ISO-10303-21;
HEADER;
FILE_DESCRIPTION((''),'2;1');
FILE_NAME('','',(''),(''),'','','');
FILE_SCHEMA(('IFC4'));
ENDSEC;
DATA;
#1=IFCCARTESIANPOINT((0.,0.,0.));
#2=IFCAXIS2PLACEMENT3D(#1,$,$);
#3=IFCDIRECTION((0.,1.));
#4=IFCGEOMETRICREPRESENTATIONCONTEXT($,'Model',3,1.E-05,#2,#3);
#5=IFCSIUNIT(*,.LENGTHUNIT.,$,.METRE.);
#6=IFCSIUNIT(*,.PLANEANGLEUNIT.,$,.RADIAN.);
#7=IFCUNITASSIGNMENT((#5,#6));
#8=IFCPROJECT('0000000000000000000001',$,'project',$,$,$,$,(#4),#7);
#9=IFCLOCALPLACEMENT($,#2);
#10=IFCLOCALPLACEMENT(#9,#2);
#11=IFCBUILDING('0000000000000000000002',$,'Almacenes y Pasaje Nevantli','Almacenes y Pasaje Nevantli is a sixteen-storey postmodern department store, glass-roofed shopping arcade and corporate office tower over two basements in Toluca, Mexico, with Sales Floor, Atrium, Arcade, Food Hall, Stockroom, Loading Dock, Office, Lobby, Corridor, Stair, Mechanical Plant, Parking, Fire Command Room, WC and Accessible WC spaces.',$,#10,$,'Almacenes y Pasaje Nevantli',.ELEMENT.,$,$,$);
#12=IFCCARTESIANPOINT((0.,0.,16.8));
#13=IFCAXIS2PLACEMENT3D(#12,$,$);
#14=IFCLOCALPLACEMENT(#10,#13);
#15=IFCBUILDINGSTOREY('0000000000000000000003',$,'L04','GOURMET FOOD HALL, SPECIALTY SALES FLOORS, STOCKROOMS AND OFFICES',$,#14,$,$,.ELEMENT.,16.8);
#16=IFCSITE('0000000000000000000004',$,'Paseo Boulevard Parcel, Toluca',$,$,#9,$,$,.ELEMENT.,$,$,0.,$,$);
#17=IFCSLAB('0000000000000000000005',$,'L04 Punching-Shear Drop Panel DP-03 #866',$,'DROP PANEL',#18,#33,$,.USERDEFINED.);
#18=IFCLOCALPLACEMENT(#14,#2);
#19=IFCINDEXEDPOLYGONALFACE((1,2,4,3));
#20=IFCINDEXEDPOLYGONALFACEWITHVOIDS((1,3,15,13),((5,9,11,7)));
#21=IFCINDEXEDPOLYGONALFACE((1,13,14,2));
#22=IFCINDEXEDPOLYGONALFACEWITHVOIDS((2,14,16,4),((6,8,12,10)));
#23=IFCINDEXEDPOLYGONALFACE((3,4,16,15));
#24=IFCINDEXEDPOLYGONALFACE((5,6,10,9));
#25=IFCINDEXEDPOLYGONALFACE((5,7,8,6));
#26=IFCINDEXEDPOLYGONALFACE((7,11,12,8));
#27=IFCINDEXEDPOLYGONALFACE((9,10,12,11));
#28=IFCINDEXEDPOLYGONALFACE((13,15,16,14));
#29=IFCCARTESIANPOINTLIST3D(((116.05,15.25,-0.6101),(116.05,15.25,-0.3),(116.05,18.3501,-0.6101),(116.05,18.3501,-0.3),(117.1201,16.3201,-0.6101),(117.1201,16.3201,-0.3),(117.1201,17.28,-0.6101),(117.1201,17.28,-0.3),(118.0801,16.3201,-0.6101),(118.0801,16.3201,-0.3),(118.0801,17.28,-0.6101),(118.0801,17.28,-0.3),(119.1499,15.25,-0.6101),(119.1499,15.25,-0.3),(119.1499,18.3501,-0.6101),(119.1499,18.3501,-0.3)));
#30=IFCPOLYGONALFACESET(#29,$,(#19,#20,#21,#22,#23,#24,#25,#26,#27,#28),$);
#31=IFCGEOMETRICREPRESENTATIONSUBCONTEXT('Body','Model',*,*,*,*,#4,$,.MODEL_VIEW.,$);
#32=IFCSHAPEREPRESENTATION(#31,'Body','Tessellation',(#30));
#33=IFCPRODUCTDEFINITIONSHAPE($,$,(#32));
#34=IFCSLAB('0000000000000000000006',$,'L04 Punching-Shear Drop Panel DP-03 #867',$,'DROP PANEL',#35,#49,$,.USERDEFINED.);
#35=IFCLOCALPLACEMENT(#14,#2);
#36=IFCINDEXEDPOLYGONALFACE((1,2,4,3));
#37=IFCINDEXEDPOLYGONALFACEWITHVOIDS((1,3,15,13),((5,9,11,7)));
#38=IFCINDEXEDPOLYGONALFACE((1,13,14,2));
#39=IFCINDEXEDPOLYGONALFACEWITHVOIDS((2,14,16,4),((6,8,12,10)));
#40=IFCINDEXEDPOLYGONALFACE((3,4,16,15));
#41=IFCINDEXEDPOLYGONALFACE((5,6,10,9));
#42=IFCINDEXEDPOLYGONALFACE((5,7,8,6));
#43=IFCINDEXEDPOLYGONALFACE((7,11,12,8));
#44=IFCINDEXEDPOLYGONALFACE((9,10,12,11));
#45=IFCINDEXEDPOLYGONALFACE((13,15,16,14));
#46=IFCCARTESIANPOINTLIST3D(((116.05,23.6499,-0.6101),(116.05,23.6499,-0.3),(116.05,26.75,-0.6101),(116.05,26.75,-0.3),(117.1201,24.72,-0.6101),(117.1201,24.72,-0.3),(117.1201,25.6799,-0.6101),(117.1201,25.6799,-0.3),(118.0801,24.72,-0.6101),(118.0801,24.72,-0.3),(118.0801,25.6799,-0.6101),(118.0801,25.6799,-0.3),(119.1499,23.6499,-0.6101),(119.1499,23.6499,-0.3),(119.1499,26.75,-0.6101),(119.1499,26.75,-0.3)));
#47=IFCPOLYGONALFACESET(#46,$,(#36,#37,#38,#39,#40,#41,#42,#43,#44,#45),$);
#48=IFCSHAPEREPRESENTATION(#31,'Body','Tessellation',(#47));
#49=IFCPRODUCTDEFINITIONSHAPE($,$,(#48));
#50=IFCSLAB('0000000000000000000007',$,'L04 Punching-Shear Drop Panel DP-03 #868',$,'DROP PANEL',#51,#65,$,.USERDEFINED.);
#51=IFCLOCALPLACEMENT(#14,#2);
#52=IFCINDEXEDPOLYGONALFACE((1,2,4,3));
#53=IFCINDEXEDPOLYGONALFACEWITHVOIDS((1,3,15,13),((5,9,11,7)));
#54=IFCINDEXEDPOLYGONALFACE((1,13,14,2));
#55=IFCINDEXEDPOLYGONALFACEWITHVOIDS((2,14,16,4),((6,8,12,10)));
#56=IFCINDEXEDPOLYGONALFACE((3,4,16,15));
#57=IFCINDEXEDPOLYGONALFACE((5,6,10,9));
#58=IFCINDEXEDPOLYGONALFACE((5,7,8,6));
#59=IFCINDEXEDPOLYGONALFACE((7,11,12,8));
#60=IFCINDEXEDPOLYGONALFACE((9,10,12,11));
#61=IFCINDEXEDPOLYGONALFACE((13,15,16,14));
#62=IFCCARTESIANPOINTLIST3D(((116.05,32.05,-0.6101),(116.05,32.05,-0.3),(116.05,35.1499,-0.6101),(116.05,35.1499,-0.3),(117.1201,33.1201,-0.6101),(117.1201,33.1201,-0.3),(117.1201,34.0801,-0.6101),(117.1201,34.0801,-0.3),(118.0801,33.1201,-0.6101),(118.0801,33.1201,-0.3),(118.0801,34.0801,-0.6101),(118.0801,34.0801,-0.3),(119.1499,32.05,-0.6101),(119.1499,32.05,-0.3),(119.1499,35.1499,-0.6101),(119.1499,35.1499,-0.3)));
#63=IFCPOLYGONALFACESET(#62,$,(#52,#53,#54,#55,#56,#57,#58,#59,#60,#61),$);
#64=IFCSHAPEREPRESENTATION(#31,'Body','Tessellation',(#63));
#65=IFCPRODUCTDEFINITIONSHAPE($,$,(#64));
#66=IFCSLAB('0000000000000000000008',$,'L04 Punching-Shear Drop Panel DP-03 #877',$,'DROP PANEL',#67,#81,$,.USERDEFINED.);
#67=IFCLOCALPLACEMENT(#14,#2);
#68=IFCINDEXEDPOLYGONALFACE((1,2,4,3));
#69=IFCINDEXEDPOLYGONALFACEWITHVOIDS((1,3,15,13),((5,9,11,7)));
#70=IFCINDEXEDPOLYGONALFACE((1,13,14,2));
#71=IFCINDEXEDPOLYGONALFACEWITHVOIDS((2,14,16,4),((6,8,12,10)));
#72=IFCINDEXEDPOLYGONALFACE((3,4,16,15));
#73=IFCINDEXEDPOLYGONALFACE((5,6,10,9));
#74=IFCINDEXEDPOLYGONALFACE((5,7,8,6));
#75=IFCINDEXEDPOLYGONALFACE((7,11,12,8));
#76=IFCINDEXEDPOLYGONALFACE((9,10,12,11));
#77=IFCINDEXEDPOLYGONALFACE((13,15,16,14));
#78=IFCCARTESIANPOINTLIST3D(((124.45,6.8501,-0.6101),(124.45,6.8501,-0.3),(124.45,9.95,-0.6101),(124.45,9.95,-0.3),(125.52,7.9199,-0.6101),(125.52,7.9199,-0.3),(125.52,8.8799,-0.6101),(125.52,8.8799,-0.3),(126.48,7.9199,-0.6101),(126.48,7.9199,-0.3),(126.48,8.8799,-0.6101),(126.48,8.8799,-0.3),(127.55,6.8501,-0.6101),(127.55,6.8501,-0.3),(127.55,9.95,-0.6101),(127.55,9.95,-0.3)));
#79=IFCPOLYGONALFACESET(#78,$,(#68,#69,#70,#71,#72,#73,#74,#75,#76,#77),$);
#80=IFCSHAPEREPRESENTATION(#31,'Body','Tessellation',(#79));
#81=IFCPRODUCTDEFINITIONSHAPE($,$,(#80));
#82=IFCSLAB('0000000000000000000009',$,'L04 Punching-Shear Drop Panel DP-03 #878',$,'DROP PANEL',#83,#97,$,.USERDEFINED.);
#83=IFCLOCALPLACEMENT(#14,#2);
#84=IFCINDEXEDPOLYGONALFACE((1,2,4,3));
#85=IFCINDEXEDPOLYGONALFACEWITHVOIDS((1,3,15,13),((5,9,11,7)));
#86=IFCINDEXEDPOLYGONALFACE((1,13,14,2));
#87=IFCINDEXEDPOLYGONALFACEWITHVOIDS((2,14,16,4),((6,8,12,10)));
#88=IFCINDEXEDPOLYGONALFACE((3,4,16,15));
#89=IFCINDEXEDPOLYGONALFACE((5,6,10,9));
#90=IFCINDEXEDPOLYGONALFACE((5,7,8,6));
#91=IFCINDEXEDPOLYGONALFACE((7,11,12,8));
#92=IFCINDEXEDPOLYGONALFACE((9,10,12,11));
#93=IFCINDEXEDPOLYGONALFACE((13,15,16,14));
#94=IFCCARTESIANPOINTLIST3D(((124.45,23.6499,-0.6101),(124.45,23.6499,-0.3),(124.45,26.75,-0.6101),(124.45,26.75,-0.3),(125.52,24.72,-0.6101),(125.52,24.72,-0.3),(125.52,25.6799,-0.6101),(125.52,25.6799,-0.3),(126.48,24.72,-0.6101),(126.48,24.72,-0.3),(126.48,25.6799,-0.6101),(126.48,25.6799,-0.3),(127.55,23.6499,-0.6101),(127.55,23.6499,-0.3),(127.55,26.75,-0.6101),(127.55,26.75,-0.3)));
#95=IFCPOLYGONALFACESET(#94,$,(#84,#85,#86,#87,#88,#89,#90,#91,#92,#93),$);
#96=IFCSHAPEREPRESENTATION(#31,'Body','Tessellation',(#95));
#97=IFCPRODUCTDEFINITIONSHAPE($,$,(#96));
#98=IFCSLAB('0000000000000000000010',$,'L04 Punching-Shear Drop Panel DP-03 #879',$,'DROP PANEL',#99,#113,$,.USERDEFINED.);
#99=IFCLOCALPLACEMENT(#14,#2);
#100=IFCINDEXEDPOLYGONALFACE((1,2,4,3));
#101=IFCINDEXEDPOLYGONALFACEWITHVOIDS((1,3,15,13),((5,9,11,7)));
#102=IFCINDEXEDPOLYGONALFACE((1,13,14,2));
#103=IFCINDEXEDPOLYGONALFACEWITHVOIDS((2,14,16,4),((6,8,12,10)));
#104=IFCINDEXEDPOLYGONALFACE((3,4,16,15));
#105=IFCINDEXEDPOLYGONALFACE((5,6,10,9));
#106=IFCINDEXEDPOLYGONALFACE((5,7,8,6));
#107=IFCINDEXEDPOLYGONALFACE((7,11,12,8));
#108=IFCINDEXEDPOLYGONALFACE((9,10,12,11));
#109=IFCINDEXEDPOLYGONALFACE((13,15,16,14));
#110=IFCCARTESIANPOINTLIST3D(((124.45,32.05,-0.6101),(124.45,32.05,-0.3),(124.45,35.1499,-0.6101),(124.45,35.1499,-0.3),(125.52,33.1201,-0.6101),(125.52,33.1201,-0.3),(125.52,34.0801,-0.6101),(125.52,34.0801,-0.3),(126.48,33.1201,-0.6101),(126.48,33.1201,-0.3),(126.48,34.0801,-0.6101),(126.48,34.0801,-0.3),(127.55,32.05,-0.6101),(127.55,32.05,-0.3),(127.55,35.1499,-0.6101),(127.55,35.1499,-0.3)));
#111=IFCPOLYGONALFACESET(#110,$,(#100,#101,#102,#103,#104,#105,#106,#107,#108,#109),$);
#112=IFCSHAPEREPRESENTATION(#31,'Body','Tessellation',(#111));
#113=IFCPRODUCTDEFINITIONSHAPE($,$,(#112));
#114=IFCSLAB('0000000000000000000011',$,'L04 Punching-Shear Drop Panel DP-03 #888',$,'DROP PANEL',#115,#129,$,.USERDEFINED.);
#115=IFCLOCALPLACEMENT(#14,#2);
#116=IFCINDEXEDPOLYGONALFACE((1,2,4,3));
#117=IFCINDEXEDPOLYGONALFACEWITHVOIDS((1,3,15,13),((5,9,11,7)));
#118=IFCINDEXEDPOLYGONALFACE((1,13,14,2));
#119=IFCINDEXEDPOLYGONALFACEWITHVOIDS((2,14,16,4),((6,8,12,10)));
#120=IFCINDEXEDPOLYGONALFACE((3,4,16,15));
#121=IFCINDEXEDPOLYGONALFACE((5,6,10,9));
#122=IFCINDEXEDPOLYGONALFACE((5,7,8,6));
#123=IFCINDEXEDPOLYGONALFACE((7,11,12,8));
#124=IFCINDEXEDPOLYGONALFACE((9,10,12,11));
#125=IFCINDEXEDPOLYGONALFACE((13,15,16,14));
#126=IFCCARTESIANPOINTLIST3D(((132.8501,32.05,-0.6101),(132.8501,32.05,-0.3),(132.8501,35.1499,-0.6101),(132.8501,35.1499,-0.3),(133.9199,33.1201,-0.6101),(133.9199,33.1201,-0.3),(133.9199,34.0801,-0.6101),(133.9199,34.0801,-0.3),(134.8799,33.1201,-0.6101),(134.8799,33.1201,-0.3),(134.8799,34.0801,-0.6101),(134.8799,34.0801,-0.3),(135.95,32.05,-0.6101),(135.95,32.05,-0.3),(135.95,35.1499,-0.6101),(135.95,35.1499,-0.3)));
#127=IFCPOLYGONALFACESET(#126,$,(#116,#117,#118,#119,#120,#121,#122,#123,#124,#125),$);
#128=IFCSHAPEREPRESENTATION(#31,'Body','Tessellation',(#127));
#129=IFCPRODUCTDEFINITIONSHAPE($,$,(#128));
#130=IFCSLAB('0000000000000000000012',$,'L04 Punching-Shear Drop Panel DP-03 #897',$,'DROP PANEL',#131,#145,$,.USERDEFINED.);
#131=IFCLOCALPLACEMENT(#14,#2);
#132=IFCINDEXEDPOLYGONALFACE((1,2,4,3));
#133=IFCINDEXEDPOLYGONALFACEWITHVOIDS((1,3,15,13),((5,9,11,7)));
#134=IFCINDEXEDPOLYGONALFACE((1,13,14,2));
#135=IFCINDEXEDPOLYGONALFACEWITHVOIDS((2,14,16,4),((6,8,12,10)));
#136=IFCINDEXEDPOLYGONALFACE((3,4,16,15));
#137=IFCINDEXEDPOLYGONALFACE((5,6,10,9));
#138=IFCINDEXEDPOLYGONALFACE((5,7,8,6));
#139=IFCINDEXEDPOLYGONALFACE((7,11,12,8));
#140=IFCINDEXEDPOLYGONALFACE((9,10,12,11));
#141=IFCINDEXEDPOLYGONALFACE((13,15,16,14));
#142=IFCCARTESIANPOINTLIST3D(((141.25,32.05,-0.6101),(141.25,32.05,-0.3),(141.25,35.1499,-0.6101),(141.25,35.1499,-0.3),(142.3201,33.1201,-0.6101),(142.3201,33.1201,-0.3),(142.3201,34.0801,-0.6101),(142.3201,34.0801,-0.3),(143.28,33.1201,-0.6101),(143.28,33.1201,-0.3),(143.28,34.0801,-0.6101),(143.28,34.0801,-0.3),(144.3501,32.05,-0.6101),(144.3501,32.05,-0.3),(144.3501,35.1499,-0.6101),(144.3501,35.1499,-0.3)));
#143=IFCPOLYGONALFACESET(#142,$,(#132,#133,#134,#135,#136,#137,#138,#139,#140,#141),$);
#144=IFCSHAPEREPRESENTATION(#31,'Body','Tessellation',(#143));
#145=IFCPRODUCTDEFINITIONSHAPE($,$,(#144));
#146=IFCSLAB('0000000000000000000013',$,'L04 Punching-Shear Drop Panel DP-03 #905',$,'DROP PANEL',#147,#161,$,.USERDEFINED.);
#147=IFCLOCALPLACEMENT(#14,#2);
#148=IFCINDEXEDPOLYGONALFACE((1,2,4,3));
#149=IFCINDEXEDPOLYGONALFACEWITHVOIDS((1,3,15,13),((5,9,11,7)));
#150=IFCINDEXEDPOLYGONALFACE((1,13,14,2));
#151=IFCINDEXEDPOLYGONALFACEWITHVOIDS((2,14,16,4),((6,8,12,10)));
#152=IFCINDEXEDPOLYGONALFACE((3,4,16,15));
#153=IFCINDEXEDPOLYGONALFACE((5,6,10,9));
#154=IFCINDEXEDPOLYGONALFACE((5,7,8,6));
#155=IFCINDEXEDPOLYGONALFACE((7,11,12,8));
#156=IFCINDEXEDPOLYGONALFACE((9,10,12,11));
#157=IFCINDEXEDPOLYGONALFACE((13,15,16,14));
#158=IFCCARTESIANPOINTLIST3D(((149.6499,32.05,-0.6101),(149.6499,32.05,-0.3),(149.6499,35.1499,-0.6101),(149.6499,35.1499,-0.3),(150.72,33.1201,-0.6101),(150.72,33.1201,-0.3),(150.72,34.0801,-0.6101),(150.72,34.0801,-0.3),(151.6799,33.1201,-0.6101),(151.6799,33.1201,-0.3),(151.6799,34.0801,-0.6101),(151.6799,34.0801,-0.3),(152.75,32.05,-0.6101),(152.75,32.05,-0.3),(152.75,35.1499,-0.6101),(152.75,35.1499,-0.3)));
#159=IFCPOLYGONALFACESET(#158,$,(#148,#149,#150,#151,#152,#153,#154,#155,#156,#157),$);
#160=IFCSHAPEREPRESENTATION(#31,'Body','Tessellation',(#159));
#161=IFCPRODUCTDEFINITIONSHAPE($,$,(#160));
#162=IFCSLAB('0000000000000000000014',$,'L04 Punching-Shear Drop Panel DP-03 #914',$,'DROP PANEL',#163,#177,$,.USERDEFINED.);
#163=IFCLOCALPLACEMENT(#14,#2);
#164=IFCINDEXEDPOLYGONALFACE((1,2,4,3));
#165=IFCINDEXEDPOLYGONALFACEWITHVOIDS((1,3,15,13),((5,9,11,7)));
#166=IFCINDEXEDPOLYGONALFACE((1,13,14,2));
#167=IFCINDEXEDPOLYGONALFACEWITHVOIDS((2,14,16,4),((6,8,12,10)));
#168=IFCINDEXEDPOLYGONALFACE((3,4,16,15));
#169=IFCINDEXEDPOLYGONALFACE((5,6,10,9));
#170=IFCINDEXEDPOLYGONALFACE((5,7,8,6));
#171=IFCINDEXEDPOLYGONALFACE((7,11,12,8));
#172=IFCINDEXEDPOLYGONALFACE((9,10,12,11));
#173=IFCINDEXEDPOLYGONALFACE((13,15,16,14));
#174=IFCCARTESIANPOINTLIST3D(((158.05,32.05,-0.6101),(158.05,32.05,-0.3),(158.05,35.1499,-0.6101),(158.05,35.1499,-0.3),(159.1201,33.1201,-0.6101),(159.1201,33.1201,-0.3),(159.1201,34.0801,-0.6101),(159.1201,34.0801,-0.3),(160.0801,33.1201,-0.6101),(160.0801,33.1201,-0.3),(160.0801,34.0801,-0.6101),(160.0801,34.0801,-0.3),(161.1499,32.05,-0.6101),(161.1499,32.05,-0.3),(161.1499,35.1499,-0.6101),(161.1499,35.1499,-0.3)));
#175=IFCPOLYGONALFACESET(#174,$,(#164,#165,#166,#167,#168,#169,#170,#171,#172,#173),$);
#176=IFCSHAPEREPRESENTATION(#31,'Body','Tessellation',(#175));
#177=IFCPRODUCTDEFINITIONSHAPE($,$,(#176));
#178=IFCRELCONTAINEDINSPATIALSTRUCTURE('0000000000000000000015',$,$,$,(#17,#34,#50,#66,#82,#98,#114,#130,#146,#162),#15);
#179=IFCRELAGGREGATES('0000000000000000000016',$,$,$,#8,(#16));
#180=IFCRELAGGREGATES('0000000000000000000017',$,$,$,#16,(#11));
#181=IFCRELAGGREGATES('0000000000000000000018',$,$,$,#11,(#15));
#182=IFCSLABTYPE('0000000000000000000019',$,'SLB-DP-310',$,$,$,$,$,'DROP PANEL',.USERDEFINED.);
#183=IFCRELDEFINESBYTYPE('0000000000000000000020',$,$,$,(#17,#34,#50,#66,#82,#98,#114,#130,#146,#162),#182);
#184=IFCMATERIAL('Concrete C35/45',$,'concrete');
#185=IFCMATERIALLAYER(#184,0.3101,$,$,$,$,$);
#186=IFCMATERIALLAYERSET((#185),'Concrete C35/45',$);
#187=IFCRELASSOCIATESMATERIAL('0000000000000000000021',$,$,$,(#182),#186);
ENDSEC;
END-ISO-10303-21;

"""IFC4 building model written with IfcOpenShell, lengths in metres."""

from ifc_helpers import new_model, si_unit, direction, frame, origin, place, context, subcontext, project, spatial, polyline, outline, extrude, material, layer, layer_set, type_object, element, save


model = new_model("IFC4")

# Units and contexts
model_context = context("Model", 3, precision=1e-05, world=origin(), true_north=direction((0.0, 1.0)))
body_context = subcontext(model_context, "Body", "Model", "MODEL_VIEW")
ifc_project = project(units=[si_unit("LENGTHUNIT", "METRE"), si_unit("PLANEANGLEUNIT", "RADIAN")], contexts=[model_context])

# Site, building, storey
site_placement = place(None, origin())
site = spatial("IfcSite", under=ifc_project, at=site_placement, Name="Paseo Boulevard Parcel, Toluca", CompositionType="ELEMENT", RefElevation=0.0)
building_placement = place(site_placement, origin())
building = spatial("IfcBuilding", under=site, at=building_placement, Name="Almacenes y Pasaje Nevantli", Description="Almacenes y Pasaje Nevantli is a sixteen-storey postmodern department store, glass-roofed shopping arcade and corporate office tower over two basements in Toluca, Mexico, with Sales Floor, Atrium, Arcade, Food Hall, Stockroom, Loading Dock, Office, Lobby, Corridor, Stair, Mechanical Plant, Parking, Fire Command Room, WC and Accessible WC spaces.", LongName="Almacenes y Pasaje Nevantli", CompositionType="ELEMENT")
storey_placement = place(building_placement, frame((0.0, 0.0, 16.8)))
storey = spatial("IfcBuildingStorey", under=building, at=storey_placement, Name="L04", Description="GOURMET FOOD HALL, SPECIALTY SALES FLOORS, STOCKROOMS AND OFFICES", CompositionType="ELEMENT", Elevation=16.8)

# Slabs
ifc_material_1 = material(Name="Concrete C35/45", Category="concrete")
ifc_layer_1 = layer(ifc_material_1, 0.3101)
ifc_layer_set_1 = layer_set([ifc_layer_1], Name="Concrete C35/45")
slab_type_1 = type_object("IfcSlabType", Name="SLB-DP-310", ElementType="DROP PANEL", PredefinedType="USERDEFINED", material=ifc_layer_set_1)
slab_1_placement = place(storey_placement, frame((0.0, 0.0, -0.6101)))
element("IfcSlab", 1, at=slab_1_placement, inside=storey, type_object=slab_type_1, Name="L04 Punching-Shear Drop Panel DP-03 #866", ObjectType="DROP PANEL", PredefinedType="USERDEFINED", context=body_context, shape_type="SweptSolid", body=[
    extrude(outline(polyline([(116.05, 15.25), (119.1499, 15.25), (119.1499, 18.3501), (116.05, 18.3501), (116.05, 15.25)]), holes=[polyline([(117.1201, 16.3201), (118.0801, 16.3201), (118.0801, 17.28), (117.1201, 17.28), (117.1201, 16.3201)])]), origin(), (0.0, 0.0, 1.0), 0.3101),
])
slab_2_placement = place(storey_placement, frame((0.0, 0.0, -0.6101)))
element("IfcSlab", 2, at=slab_2_placement, inside=storey, type_object=slab_type_1, Name="L04 Punching-Shear Drop Panel DP-03 #867", ObjectType="DROP PANEL", PredefinedType="USERDEFINED", context=body_context, shape_type="SweptSolid", body=[
    extrude(outline(polyline([(116.05, 23.6499), (119.1499, 23.6499), (119.1499, 26.75), (116.05, 26.75), (116.05, 23.6499)]), holes=[polyline([(117.1201, 24.72), (118.0801, 24.72), (118.0801, 25.6799), (117.1201, 25.6799), (117.1201, 24.72)])]), origin(), (0.0, 0.0, 1.0), 0.3101),
])
slab_3_placement = place(storey_placement, frame((0.0, 0.0, -0.6101)))
element("IfcSlab", 3, at=slab_3_placement, inside=storey, type_object=slab_type_1, Name="L04 Punching-Shear Drop Panel DP-03 #868", ObjectType="DROP PANEL", PredefinedType="USERDEFINED", context=body_context, shape_type="SweptSolid", body=[
    extrude(outline(polyline([(116.05, 32.05), (119.1499, 32.05), (119.1499, 35.1499), (116.05, 35.1499), (116.05, 32.05)]), holes=[polyline([(117.1201, 33.1201), (118.0801, 33.1201), (118.0801, 34.0801), (117.1201, 34.0801), (117.1201, 33.1201)])]), origin(), (0.0, 0.0, 1.0), 0.3101),
])
slab_4_placement = place(storey_placement, frame((0.0, 0.0, -0.6101)))
element("IfcSlab", 4, at=slab_4_placement, inside=storey, type_object=slab_type_1, Name="L04 Punching-Shear Drop Panel DP-03 #877", ObjectType="DROP PANEL", PredefinedType="USERDEFINED", context=body_context, shape_type="SweptSolid", body=[
    extrude(outline(polyline([(124.45, 6.8501), (127.55, 6.8501), (127.55, 9.95), (124.45, 9.95), (124.45, 6.8501)]), holes=[polyline([(125.52, 7.9199), (126.48, 7.9199), (126.48, 8.8799), (125.52, 8.8799), (125.52, 7.9199)])]), origin(), (0.0, 0.0, 1.0), 0.3101),
])
slab_5_placement = place(storey_placement, frame((0.0, 0.0, -0.6101)))
element("IfcSlab", 5, at=slab_5_placement, inside=storey, type_object=slab_type_1, Name="L04 Punching-Shear Drop Panel DP-03 #878", ObjectType="DROP PANEL", PredefinedType="USERDEFINED", context=body_context, shape_type="SweptSolid", body=[
    extrude(outline(polyline([(124.45, 23.6499), (127.55, 23.6499), (127.55, 26.75), (124.45, 26.75), (124.45, 23.6499)]), holes=[polyline([(125.52, 24.72), (126.48, 24.72), (126.48, 25.6799), (125.52, 25.6799), (125.52, 24.72)])]), origin(), (0.0, 0.0, 1.0), 0.3101),
])
slab_6_placement = place(storey_placement, frame((0.0, 0.0, -0.6101)))
element("IfcSlab", 6, at=slab_6_placement, inside=storey, type_object=slab_type_1, Name="L04 Punching-Shear Drop Panel DP-03 #879", ObjectType="DROP PANEL", PredefinedType="USERDEFINED", context=body_context, shape_type="SweptSolid", body=[
    extrude(outline(polyline([(124.45, 32.05), (127.55, 32.05), (127.55, 35.1499), (124.45, 35.1499), (124.45, 32.05)]), holes=[polyline([(125.52, 33.1201), (126.48, 33.1201), (126.48, 34.0801), (125.52, 34.0801), (125.52, 33.1201)])]), origin(), (0.0, 0.0, 1.0), 0.3101),
])
slab_7_placement = place(storey_placement, frame((0.0, 0.0, -0.6101)))
element("IfcSlab", 7, at=slab_7_placement, inside=storey, type_object=slab_type_1, Name="L04 Punching-Shear Drop Panel DP-03 #888", ObjectType="DROP PANEL", PredefinedType="USERDEFINED", context=body_context, shape_type="SweptSolid", body=[
    extrude(outline(polyline([(132.8501, 32.05), (135.95, 32.05), (135.95, 35.1499), (132.8501, 35.1499), (132.8501, 32.05)]), holes=[polyline([(133.9199, 33.1201), (134.8799, 33.1201), (134.8799, 34.0801), (133.9199, 34.0801), (133.9199, 33.1201)])]), origin(), (0.0, 0.0, 1.0), 0.3101),
])
slab_8_placement = place(storey_placement, frame((0.0, 0.0, -0.6101)))
element("IfcSlab", 8, at=slab_8_placement, inside=storey, type_object=slab_type_1, Name="L04 Punching-Shear Drop Panel DP-03 #897", ObjectType="DROP PANEL", PredefinedType="USERDEFINED", context=body_context, shape_type="SweptSolid", body=[
    extrude(outline(polyline([(141.25, 32.05), (144.3501, 32.05), (144.3501, 35.1499), (141.25, 35.1499), (141.25, 32.05)]), holes=[polyline([(142.3201, 33.1201), (143.28, 33.1201), (143.28, 34.0801), (142.3201, 34.0801), (142.3201, 33.1201)])]), origin(), (0.0, 0.0, 1.0), 0.3101),
])
slab_9_placement = place(storey_placement, frame((0.0, 0.0, -0.6101)))
element("IfcSlab", 9, at=slab_9_placement, inside=storey, type_object=slab_type_1, Name="L04 Punching-Shear Drop Panel DP-03 #905", ObjectType="DROP PANEL", PredefinedType="USERDEFINED", context=body_context, shape_type="SweptSolid", body=[
    extrude(outline(polyline([(149.6499, 32.05), (152.75, 32.05), (152.75, 35.1499), (149.6499, 35.1499), (149.6499, 32.05)]), holes=[polyline([(150.72, 33.1201), (151.6799, 33.1201), (151.6799, 34.0801), (150.72, 34.0801), (150.72, 33.1201)])]), origin(), (0.0, 0.0, 1.0), 0.3101),
])
slab_10_placement = place(storey_placement, frame((0.0, 0.0, -0.6101)))
element("IfcSlab", 10, at=slab_10_placement, inside=storey, type_object=slab_type_1, Name="L04 Punching-Shear Drop Panel DP-03 #914", ObjectType="DROP PANEL", PredefinedType="USERDEFINED", context=body_context, shape_type="SweptSolid", body=[
    extrude(outline(polyline([(158.05, 32.05), (161.1499, 32.05), (161.1499, 35.1499), (158.05, 35.1499), (158.05, 32.05)]), holes=[polyline([(159.1201, 33.1201), (160.0801, 33.1201), (160.0801, 34.0801), (159.1201, 34.0801), (159.1201, 33.1201)])]), origin(), (0.0, 0.0, 1.0), 0.3101),
])

save(model, "model.ifc")
